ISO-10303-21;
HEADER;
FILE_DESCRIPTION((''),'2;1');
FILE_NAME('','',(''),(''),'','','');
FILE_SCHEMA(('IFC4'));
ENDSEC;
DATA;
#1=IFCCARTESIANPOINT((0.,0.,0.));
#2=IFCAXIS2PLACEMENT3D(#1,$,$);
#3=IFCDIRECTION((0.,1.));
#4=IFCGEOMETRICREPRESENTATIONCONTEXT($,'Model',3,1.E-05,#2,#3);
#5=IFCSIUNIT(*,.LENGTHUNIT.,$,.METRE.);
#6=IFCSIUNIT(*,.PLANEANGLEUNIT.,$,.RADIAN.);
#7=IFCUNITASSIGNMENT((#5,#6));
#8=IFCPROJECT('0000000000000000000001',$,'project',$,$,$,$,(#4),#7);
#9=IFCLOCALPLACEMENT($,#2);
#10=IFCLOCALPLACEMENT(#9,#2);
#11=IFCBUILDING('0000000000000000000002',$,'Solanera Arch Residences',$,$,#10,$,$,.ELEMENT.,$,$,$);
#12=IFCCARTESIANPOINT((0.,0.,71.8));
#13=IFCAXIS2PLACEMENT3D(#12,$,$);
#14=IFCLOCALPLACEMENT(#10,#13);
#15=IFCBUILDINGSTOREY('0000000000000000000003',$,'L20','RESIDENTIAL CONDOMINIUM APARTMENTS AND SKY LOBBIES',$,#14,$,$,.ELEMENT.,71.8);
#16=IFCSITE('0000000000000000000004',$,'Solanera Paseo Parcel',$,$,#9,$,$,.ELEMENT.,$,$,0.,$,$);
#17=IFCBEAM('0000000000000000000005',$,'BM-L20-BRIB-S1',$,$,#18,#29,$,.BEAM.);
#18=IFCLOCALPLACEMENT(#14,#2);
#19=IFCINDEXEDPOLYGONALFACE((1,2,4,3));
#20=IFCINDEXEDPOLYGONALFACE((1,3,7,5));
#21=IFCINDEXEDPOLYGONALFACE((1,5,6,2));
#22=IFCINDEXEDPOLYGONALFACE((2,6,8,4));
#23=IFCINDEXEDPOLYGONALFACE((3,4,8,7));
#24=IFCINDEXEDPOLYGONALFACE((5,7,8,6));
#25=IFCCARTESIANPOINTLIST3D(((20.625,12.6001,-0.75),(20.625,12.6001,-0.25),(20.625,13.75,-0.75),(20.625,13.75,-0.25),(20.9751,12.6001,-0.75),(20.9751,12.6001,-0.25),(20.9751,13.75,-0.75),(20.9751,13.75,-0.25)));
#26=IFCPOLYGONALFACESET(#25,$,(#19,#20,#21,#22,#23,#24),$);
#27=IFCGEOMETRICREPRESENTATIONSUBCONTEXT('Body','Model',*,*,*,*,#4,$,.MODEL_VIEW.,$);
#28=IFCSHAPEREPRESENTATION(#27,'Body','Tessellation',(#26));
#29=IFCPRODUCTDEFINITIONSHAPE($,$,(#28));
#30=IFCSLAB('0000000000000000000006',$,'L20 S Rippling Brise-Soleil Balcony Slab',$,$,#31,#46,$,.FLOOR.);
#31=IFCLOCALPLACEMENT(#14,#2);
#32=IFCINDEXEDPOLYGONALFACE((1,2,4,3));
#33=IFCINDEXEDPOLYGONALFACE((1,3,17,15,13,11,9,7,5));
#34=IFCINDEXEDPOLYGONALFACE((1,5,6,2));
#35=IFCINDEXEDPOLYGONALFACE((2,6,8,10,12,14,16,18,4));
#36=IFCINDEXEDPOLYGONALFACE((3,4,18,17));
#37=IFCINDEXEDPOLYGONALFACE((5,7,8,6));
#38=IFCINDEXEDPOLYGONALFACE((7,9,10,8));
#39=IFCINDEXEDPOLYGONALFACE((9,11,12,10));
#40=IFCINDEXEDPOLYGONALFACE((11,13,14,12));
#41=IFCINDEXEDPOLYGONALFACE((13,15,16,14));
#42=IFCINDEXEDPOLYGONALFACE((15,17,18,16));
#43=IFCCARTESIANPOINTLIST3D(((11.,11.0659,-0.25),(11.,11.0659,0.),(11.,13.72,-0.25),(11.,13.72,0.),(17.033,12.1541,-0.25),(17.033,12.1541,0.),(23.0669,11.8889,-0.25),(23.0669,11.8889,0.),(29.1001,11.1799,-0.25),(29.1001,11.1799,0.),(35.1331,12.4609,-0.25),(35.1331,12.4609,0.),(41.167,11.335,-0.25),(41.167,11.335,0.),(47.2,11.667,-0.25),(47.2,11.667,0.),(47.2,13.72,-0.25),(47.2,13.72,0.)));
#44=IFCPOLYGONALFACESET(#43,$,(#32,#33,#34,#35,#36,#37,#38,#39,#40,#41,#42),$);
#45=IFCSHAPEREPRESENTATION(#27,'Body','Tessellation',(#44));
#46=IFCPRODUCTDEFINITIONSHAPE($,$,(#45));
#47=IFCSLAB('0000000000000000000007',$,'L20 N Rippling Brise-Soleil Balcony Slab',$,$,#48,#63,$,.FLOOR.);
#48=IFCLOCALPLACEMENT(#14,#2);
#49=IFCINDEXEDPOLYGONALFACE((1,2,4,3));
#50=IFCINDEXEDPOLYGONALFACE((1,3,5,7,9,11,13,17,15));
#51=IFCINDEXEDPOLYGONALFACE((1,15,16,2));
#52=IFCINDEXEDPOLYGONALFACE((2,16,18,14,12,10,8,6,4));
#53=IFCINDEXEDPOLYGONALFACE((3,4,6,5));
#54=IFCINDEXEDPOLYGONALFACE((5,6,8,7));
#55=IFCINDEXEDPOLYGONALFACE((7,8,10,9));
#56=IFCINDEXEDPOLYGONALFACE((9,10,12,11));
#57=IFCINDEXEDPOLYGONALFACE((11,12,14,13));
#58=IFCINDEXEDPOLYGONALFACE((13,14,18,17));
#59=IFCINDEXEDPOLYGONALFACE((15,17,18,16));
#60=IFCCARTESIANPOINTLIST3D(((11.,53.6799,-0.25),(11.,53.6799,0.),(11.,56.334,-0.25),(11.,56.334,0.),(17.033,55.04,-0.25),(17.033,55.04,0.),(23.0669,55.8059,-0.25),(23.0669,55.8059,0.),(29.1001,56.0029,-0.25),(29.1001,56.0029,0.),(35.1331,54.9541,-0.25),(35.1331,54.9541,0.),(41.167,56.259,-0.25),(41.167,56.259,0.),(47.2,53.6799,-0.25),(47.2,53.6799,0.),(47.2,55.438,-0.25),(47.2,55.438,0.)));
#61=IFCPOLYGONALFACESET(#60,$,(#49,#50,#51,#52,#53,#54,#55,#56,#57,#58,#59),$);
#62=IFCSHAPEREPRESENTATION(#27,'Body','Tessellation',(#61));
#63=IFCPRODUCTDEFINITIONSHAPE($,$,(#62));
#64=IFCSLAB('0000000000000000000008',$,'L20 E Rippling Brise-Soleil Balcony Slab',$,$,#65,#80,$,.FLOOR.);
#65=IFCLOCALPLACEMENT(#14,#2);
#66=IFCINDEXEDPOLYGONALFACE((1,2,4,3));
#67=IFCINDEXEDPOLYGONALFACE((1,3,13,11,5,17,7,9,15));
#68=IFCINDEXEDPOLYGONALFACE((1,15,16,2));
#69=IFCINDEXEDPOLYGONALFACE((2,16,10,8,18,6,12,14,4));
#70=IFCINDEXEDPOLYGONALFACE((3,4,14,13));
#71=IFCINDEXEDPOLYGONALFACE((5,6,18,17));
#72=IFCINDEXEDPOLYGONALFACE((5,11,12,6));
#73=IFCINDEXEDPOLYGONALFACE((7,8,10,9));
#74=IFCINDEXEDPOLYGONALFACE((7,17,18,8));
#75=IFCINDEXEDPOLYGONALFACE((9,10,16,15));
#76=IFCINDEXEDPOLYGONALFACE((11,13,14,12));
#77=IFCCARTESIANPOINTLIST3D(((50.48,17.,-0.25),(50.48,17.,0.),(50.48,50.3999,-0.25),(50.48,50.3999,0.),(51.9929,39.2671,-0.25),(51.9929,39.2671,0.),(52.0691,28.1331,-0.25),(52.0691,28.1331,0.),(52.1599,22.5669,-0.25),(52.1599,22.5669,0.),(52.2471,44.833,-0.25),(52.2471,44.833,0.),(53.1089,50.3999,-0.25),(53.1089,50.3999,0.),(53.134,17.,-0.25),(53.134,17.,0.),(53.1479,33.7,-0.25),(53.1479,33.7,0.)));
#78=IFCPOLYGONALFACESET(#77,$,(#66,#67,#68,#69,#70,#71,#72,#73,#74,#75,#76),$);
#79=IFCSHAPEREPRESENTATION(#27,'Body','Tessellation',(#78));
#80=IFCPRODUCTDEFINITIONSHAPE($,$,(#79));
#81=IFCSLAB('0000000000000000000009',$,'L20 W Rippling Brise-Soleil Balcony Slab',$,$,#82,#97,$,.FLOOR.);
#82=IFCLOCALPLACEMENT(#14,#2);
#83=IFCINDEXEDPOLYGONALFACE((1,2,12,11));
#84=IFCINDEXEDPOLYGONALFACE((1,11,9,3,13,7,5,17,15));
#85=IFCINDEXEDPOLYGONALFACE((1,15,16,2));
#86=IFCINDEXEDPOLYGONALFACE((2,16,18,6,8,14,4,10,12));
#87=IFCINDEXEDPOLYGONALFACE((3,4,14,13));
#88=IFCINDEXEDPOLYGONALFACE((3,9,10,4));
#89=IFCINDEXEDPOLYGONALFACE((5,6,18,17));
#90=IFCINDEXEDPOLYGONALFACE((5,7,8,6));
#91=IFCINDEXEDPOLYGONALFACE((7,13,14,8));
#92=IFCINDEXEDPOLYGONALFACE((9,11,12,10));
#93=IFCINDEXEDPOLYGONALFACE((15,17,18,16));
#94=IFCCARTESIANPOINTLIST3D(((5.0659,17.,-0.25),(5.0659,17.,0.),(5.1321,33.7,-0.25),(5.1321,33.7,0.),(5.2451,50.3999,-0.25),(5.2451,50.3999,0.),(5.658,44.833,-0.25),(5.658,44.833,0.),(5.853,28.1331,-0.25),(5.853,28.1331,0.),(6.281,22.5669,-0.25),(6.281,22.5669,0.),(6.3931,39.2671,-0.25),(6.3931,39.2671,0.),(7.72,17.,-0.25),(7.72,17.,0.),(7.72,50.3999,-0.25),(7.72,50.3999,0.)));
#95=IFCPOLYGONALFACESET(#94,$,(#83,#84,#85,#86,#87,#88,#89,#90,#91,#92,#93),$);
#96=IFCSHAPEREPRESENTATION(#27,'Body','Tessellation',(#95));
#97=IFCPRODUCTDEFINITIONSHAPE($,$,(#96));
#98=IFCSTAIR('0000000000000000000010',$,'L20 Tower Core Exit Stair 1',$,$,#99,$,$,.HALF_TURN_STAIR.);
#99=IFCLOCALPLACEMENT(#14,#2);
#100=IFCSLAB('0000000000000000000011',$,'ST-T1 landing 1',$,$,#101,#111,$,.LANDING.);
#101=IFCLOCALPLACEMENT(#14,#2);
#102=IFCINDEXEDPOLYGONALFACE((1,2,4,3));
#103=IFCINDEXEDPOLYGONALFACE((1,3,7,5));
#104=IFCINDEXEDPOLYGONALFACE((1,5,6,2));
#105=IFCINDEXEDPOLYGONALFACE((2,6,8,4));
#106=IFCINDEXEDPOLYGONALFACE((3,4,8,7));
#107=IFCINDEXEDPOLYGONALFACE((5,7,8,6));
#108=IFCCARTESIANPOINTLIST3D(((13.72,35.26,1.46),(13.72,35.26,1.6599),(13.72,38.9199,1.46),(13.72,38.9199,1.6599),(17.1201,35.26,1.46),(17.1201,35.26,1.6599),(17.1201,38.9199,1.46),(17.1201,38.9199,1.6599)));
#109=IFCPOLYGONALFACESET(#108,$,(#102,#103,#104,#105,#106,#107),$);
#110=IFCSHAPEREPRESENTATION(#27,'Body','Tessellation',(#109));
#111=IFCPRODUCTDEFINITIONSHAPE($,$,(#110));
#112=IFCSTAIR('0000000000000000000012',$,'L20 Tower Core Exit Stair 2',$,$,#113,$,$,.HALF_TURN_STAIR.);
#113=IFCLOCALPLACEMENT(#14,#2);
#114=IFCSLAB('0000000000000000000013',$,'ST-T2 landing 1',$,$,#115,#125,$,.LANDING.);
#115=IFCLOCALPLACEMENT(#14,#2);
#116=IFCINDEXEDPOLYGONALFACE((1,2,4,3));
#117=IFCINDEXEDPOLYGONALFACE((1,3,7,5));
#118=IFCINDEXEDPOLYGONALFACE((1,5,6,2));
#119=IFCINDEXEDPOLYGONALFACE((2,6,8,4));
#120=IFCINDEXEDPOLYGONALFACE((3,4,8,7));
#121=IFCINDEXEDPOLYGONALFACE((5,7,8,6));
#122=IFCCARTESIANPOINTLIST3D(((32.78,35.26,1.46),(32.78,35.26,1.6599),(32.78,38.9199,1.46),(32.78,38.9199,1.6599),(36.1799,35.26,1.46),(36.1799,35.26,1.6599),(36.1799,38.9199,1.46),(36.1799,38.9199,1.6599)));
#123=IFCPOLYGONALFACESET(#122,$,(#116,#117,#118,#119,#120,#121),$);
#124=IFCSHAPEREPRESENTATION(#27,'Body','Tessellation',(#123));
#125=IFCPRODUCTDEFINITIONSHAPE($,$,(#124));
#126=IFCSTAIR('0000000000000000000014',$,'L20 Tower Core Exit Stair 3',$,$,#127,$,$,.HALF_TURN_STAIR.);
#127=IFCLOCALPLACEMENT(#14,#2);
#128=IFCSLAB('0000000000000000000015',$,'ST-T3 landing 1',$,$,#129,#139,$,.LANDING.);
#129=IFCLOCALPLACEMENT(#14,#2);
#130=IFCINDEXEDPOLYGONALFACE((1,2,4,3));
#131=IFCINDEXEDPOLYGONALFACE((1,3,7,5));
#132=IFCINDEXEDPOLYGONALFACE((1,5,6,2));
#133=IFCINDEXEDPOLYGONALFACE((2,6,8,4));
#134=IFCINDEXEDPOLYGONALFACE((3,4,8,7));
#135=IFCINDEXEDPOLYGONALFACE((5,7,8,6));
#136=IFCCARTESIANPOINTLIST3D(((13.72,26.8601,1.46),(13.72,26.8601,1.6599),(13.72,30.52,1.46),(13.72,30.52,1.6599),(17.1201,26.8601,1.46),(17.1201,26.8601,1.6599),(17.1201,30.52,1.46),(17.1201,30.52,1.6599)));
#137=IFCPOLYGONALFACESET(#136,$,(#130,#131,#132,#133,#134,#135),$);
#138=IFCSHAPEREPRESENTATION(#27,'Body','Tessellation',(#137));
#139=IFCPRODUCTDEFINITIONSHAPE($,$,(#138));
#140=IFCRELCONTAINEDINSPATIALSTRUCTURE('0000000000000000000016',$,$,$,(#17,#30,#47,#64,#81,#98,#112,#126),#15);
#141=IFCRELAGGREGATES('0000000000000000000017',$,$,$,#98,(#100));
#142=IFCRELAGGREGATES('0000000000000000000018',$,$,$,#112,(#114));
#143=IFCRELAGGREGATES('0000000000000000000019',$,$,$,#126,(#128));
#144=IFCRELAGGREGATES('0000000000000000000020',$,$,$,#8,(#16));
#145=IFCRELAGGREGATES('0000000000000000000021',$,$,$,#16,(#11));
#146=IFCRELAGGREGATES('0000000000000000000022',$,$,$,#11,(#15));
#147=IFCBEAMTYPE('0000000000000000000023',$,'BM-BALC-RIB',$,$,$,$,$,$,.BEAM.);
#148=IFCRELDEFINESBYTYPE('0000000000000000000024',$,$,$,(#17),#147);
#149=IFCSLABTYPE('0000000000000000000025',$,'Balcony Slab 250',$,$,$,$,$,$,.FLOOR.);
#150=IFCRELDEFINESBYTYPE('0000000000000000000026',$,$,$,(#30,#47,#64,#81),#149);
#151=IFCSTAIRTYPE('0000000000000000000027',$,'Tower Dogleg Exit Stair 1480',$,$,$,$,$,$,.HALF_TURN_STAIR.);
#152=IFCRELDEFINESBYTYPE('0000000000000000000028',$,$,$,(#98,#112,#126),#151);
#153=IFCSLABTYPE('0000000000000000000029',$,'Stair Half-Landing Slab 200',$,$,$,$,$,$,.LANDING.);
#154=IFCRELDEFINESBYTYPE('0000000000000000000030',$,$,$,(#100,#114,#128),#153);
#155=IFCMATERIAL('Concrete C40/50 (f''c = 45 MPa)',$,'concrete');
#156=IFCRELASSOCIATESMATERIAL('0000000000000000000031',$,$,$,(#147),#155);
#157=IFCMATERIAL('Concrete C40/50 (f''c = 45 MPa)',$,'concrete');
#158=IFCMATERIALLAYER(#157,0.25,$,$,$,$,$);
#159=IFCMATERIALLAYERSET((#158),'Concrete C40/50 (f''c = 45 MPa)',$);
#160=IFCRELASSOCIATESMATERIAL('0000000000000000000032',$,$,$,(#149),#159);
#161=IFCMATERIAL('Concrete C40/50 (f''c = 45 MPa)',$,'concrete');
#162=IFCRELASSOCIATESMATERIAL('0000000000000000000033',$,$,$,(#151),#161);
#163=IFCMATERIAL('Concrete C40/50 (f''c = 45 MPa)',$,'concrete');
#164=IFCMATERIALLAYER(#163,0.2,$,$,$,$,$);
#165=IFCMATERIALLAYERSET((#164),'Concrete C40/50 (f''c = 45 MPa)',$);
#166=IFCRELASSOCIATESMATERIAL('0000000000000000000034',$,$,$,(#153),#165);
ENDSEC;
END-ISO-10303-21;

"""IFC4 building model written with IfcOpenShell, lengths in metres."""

from ifc_helpers import new_model, si_unit, direction, frame, origin, origin_2d, place, context, subcontext, project, spatial, polyline, rectangle, outline, extrude, material, layer, layer_set, material_profile, profile_set, type_object, element, aggregate, save


model = new_model("IFC4")

# Units and contexts
model_context = context("Model", 3, precision=1e-05, world=origin(), true_north=direction((0.0, 1.0)))
body_context = subcontext(model_context, "Body", "Model", "MODEL_VIEW")
ifc_project = project(units=[si_unit("LENGTHUNIT", "METRE"), si_unit("PLANEANGLEUNIT", "RADIAN")], contexts=[model_context])

# Site, building, storey
site_placement = place(None, origin())
site = spatial("IfcSite", under=ifc_project, at=site_placement, Name="Solanera Paseo Parcel", CompositionType="ELEMENT", RefElevation=0.0)
building_placement = place(site_placement, origin())
building = spatial("IfcBuilding", under=site, at=building_placement, Name="Solanera Arch Residences", CompositionType="ELEMENT")
storey_placement = place(building_placement, frame((0.0, 0.0, 71.8)))
storey = spatial("IfcBuildingStorey", under=building, at=storey_placement, Name="L20", Description="RESIDENTIAL CONDOMINIUM APARTMENTS AND SKY LOBBIES", CompositionType="ELEMENT", Elevation=71.8)

# Beam
ifc_material_1 = material(Name="Concrete C40/50 (f'c = 45 MPa)", Category="concrete")
ifc_material_profile = material_profile(ifc_material_1, rectangle(XDim=0.3501, YDim=0.5, at=origin_2d()))
ifc_profile_set = profile_set([ifc_material_profile], Name="Concrete C40/50 (f'c = 45 MPa)")
beam_type = type_object("IfcBeamType", Name="BM-BALC-RIB", PredefinedType="BEAM", material=ifc_profile_set)
beam_placement = place(storey_placement, frame((20.8, 12.6001, -0.5), z_axis=(0.0, 1.0, 0.0), x_axis=(-1.0, 0.0, 0.0)))
element("IfcBeam", 1, at=beam_placement, inside=storey, type_object=beam_type, Name="BM-L20-BRIB-S1", PredefinedType="BEAM", context=body_context, shape_type="SweptSolid", body=[
    extrude(rectangle(XDim=0.3501, YDim=0.5, at=origin_2d()), origin(), (0.0, 0.0, 1.0), 1.1499),
])

# Slabs
ifc_material_2 = material(Name="Concrete C40/50 (f'c = 45 MPa)", Category="concrete")
ifc_layer_1 = layer(ifc_material_2, 0.25)
ifc_layer_set_1 = layer_set([ifc_layer_1], Name="Concrete C40/50 (f'c = 45 MPa)")
slab_type_1 = type_object("IfcSlabType", Name="Balcony Slab 250", PredefinedType="FLOOR", material=ifc_layer_set_1)
slab_1_placement = place(storey_placement, frame((0.0, 0.0, -0.25)))
element("IfcSlab", 2, at=slab_1_placement, inside=storey, type_object=slab_type_1, Name="L20 S Rippling Brise-Soleil Balcony Slab", PredefinedType="FLOOR", context=body_context, shape_type="SweptSolid", body=[
    extrude(outline(polyline([(11.0, 11.0659), (17.033, 12.1541), (23.0669, 11.8889), (29.1001, 11.1799), (35.1331, 12.4609), (41.167, 11.335), (47.2, 11.667), (47.2, 13.72), (11.0, 13.72), (11.0, 11.0659)])), origin(), (0.0, 0.0, 1.0), 0.25),
])
slab_2_placement = place(storey_placement, frame((0.0, 0.0, -0.25)))
element("IfcSlab", 3, at=slab_2_placement, inside=storey, type_object=slab_type_1, Name="L20 N Rippling Brise-Soleil Balcony Slab", PredefinedType="FLOOR", context=body_context, shape_type="SweptSolid", body=[
    extrude(outline(polyline([(47.2, 55.438), (41.167, 56.259), (35.1331, 54.9541), (29.1001, 56.0029), (23.0669, 55.8059), (17.033, 55.04), (11.0, 56.334), (11.0, 53.6799), (47.2, 53.6799), (47.2, 55.438)])), origin(), (0.0, 0.0, 1.0), 0.25),
])
slab_3_placement = place(storey_placement, frame((0.0, 0.0, -0.25)))
element("IfcSlab", 4, at=slab_3_placement, inside=storey, type_object=slab_type_1, Name="L20 E Rippling Brise-Soleil Balcony Slab", PredefinedType="FLOOR", context=body_context, shape_type="SweptSolid", body=[
    extrude(outline(polyline([(53.134, 17.0), (52.1599, 22.5669), (52.0691, 28.1331), (53.1479, 33.7), (51.9929, 39.2671), (52.2471, 44.833), (53.1089, 50.3999), (50.48, 50.3999), (50.48, 17.0), (53.134, 17.0)])), origin(), (0.0, 0.0, 1.0), 0.25),
])
slab_4_placement = place(storey_placement, frame((0.0, 0.0, -0.25)))
element("IfcSlab", 5, at=slab_4_placement, inside=storey, type_object=slab_type_1, Name="L20 W Rippling Brise-Soleil Balcony Slab", PredefinedType="FLOOR", context=body_context, shape_type="SweptSolid", body=[
    extrude(outline(polyline([(5.2451, 50.3999), (5.658, 44.833), (6.3931, 39.2671), (5.1321, 33.7), (5.853, 28.1331), (6.281, 22.5669), (5.0659, 17.0), (7.72, 17.0), (7.72, 50.3999), (5.2451, 50.3999)])), origin(), (0.0, 0.0, 1.0), 0.25),
])

# Stairs, slabs
ifc_material_3 = material(Name="Concrete C40/50 (f'c = 45 MPa)", Category="concrete")
stair_type = type_object("IfcStairType", Name="Tower Dogleg Exit Stair 1480", PredefinedType="HALF_TURN_STAIR", material=ifc_material_3)
stair_1_placement = place(storey_placement, origin())
stair_1 = element("IfcStair", 6, at=stair_1_placement, inside=storey, type_object=stair_type, Name="L20 Tower Core Exit Stair 1", PredefinedType="HALF_TURN_STAIR")
ifc_material_4 = material(Name="Concrete C40/50 (f'c = 45 MPa)", Category="concrete")
ifc_layer_2 = layer(ifc_material_4, 0.2)
ifc_layer_set_2 = layer_set([ifc_layer_2], Name="Concrete C40/50 (f'c = 45 MPa)")
slab_type_2 = type_object("IfcSlabType", Name="Stair Half-Landing Slab 200", PredefinedType="LANDING", material=ifc_layer_set_2)
slab_5_placement = place(storey_placement, frame((0.0, 0.0, 1.46)))
slab_5 = element("IfcSlab", 7, at=slab_5_placement, type_object=slab_type_2, Name="ST-T1 landing 1", PredefinedType="LANDING", context=body_context, shape_type="SweptSolid", body=[
    extrude(outline(polyline([(17.1201, 35.26), (17.1201, 38.9199), (13.72, 38.9199), (13.72, 35.26), (17.1201, 35.26)])), origin(), (0.0, 0.0, 1.0), 0.2),
])
aggregate(stair_1, [slab_5])
stair_2_placement = place(storey_placement, origin())
stair_2 = element("IfcStair", 8, at=stair_2_placement, inside=storey, type_object=stair_type, Name="L20 Tower Core Exit Stair 2", PredefinedType="HALF_TURN_STAIR")
slab_6_placement = place(storey_placement, frame((0.0, 0.0, 1.46)))
slab_6 = element("IfcSlab", 9, at=slab_6_placement, type_object=slab_type_2, Name="ST-T2 landing 1", PredefinedType="LANDING", context=body_context, shape_type="SweptSolid", body=[
    extrude(outline(polyline([(36.1799, 35.26), (36.1799, 38.9199), (32.78, 38.9199), (32.78, 35.26), (36.1799, 35.26)])), origin(), (0.0, 0.0, 1.0), 0.2),
])
aggregate(stair_2, [slab_6])
stair_3_placement = place(storey_placement, origin())
stair_3 = element("IfcStair", 10, at=stair_3_placement, inside=storey, type_object=stair_type, Name="L20 Tower Core Exit Stair 3", PredefinedType="HALF_TURN_STAIR")
slab_7_placement = place(storey_placement, frame((0.0, 0.0, 1.46)))
slab_7 = element("IfcSlab", 11, at=slab_7_placement, type_object=slab_type_2, Name="ST-T3 landing 1", PredefinedType="LANDING", context=body_context, shape_type="SweptSolid", body=[
    extrude(outline(polyline([(17.1201, 26.8601), (17.1201, 30.52), (13.72, 30.52), (13.72, 26.8601), (17.1201, 26.8601)])), origin(), (0.0, 0.0, 1.0), 0.2),
])
aggregate(stair_3, [slab_7])

save(model, "model.ifc")
